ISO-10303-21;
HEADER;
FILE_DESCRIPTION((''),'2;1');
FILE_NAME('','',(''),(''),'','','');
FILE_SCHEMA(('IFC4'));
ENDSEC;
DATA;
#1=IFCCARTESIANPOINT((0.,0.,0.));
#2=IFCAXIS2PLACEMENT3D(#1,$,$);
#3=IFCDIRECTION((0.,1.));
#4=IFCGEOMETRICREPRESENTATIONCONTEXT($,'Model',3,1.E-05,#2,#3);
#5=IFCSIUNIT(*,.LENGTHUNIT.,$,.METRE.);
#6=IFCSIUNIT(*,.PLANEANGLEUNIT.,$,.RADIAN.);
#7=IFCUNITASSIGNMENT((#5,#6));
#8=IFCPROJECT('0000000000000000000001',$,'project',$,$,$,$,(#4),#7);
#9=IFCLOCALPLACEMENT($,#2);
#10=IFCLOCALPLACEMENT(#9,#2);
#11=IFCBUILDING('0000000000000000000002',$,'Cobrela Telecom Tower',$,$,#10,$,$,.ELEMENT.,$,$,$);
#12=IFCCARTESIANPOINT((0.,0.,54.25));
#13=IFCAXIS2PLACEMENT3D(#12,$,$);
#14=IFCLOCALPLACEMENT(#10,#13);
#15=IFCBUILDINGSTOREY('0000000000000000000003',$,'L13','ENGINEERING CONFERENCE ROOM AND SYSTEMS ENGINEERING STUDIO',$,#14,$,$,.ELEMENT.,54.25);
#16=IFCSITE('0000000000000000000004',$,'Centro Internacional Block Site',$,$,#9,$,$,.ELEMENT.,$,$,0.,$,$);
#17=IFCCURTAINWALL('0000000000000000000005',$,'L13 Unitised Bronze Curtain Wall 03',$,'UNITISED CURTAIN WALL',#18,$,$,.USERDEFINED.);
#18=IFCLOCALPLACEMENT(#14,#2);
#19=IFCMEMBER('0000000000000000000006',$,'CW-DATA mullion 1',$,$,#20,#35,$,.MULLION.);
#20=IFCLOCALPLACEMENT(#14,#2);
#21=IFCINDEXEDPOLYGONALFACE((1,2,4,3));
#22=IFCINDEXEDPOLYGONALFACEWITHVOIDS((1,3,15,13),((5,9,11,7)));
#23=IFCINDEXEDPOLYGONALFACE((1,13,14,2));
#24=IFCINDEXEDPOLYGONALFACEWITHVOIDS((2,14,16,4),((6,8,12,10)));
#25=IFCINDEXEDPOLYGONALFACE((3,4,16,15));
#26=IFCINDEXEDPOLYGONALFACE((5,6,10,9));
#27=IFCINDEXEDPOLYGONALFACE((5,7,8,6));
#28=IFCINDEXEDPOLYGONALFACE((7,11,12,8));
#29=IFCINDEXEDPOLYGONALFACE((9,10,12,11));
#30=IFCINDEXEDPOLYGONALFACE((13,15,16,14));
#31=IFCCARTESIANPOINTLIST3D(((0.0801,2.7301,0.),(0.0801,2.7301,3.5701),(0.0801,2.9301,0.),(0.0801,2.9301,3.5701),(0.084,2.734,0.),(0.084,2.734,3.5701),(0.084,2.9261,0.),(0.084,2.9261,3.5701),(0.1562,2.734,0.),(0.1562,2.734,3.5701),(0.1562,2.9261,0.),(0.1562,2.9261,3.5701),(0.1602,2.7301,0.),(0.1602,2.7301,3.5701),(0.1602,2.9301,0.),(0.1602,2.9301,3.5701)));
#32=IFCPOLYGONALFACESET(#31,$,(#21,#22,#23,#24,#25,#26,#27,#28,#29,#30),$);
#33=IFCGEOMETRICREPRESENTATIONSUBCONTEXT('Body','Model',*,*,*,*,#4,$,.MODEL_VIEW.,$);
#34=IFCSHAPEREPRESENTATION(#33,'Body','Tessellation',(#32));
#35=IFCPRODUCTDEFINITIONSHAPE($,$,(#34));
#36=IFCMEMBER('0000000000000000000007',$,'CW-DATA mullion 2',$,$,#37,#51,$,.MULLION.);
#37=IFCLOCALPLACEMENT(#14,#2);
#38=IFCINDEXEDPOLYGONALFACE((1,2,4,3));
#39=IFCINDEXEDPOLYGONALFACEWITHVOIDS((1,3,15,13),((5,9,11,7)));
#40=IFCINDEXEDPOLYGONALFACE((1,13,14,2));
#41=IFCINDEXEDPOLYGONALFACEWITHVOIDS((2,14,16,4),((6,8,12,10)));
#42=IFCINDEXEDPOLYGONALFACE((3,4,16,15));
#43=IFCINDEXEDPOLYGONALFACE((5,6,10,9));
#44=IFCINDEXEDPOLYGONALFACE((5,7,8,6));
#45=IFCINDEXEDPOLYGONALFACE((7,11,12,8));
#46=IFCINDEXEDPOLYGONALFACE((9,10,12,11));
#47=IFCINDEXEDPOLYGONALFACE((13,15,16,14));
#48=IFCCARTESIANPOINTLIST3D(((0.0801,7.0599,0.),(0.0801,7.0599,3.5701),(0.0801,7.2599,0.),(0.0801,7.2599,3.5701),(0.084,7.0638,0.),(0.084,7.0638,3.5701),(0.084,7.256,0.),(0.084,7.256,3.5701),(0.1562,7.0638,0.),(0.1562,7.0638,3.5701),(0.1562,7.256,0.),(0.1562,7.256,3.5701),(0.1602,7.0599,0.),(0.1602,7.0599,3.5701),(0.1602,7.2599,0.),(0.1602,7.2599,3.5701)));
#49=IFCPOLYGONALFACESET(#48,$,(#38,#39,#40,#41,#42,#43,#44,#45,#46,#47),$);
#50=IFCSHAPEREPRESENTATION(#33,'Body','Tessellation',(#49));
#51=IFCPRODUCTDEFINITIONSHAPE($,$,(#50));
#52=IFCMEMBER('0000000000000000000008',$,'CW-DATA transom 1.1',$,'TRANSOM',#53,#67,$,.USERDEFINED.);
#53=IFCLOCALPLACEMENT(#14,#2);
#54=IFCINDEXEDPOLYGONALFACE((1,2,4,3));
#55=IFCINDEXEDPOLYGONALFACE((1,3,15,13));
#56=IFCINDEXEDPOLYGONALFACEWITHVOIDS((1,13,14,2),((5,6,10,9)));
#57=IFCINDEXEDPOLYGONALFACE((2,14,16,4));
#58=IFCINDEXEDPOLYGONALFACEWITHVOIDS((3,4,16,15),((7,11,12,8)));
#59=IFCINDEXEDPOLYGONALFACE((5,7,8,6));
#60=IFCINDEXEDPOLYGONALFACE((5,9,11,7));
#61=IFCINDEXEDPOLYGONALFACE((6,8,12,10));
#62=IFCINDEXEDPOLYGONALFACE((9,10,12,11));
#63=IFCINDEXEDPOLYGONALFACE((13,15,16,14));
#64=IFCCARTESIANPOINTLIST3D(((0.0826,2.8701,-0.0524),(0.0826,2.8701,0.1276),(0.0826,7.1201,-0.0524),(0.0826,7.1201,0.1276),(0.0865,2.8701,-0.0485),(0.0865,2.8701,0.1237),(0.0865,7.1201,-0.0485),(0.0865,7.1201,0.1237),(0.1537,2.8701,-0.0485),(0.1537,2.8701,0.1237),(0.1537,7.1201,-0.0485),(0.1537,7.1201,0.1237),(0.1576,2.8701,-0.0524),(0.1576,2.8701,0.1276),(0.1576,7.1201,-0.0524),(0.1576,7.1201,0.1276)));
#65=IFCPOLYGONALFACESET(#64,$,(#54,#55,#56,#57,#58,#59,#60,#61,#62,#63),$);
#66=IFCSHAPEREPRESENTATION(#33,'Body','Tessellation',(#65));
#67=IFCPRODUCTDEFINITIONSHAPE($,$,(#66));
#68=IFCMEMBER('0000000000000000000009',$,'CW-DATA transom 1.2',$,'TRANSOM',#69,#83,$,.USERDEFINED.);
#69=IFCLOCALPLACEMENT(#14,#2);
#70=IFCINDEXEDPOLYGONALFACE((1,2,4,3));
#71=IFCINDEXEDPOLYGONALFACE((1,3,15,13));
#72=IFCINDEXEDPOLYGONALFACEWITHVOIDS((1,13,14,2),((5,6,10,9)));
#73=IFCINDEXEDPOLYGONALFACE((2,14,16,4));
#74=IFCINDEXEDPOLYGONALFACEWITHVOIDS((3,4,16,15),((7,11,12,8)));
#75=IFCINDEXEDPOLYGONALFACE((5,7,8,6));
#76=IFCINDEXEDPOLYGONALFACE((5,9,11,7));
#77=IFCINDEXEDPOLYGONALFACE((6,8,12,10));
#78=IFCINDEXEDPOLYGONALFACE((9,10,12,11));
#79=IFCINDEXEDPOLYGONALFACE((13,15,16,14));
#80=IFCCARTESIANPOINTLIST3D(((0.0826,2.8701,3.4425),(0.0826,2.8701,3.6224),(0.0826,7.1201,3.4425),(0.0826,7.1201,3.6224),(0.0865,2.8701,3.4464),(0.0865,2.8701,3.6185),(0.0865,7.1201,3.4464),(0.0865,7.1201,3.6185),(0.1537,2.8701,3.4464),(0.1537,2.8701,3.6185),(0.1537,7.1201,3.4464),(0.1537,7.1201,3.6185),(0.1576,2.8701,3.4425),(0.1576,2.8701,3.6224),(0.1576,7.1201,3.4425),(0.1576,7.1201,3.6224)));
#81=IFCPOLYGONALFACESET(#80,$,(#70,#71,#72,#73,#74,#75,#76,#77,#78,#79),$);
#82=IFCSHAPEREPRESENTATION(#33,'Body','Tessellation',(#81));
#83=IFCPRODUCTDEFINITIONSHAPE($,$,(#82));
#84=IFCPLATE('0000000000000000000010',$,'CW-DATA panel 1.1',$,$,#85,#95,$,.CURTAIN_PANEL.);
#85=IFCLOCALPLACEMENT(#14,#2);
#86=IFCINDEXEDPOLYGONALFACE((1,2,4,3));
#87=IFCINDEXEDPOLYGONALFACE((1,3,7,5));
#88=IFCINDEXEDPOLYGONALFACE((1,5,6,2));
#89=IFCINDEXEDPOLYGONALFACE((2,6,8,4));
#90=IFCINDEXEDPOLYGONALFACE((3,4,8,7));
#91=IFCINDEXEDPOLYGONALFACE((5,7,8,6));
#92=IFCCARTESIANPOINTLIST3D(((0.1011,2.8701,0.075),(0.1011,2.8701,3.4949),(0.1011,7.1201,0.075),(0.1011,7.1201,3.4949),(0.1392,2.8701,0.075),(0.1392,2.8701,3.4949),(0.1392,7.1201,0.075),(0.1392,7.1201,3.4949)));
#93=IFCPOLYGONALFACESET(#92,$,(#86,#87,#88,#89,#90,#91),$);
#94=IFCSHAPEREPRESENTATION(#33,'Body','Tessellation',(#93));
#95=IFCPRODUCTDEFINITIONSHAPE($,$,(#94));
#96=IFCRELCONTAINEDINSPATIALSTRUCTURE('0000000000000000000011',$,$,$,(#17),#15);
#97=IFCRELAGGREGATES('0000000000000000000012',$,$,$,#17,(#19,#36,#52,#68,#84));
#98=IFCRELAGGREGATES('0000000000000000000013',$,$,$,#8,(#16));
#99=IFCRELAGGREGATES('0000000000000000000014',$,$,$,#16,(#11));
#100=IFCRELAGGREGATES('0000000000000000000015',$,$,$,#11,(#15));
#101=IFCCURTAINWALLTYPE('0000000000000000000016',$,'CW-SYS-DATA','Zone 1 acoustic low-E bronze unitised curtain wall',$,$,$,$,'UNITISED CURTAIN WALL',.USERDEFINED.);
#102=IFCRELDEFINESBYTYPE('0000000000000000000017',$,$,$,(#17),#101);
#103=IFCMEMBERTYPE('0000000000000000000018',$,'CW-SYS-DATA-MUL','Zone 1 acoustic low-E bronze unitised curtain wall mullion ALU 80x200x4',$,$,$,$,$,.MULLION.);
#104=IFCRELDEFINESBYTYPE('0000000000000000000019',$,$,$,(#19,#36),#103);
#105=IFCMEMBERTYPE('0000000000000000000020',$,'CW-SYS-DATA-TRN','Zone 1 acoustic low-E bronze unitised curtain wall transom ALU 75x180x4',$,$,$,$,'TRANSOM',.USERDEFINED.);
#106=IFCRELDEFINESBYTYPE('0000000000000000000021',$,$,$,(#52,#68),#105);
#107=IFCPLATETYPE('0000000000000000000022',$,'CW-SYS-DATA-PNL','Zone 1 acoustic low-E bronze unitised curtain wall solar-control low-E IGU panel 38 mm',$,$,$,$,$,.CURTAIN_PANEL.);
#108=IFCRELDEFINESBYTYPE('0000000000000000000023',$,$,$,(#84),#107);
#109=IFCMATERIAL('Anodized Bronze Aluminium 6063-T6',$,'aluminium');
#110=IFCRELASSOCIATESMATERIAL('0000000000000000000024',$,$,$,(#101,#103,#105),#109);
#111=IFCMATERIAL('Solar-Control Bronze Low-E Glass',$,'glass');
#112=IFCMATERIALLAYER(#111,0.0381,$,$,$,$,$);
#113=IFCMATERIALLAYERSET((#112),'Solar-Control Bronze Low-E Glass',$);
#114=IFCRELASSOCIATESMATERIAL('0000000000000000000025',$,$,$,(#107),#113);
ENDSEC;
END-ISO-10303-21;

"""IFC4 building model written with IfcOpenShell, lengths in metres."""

from ifc_helpers import new_model, si_unit, direction, frame, origin, origin_2d, place, context, subcontext, project, spatial, rectangle, hollow_rectangle, extrude, material, layer, layer_set, material_profile, profile_set, type_object, element, aggregate, save


model = new_model("IFC4")

# Units and contexts
model_context = context("Model", 3, precision=1e-05, world=origin(), true_north=direction((0.0, 1.0)))
body_context = subcontext(model_context, "Body", "Model", "MODEL_VIEW")
ifc_project = project(units=[si_unit("LENGTHUNIT", "METRE"), si_unit("PLANEANGLEUNIT", "RADIAN")], contexts=[model_context])

# Site, building, storey
site_placement = place(None, origin())
site = spatial("IfcSite", under=ifc_project, at=site_placement, Name="Centro Internacional Block Site", CompositionType="ELEMENT", RefElevation=0.0)
building_placement = place(site_placement, origin())
building = spatial("IfcBuilding", under=site, at=building_placement, Name="Cobrela Telecom Tower", CompositionType="ELEMENT")
storey_placement = place(building_placement, frame((0.0, 0.0, 54.25)))
storey = spatial("IfcBuildingStorey", under=building, at=storey_placement, Name="L13", Description="ENGINEERING CONFERENCE ROOM AND SYSTEMS ENGINEERING STUDIO", CompositionType="ELEMENT", Elevation=54.25)

# Curtain wall, members, plate
ifc_material_1 = material(Name="Anodized Bronze Aluminium 6063-T6", Category="aluminium")
curtain_wall_type = type_object("IfcCurtainWallType", Name="CW-SYS-DATA", Description="Zone 1 acoustic low-E bronze unitised curtain wall", ElementType="UNITISED CURTAIN WALL", PredefinedType="USERDEFINED", material=ifc_material_1)
curtain_wall_placement = place(storey_placement, origin())
curtain_wall = element("IfcCurtainWall", 1, at=curtain_wall_placement, inside=storey, type_object=curtain_wall_type, Name="L13 Unitised Bronze Curtain Wall 03", ObjectType="UNITISED CURTAIN WALL", PredefinedType="USERDEFINED")
ifc_material_profile_1 = material_profile(ifc_material_1, hollow_rectangle(XDim=0.0801, YDim=0.2, WallThickness=0.0039, at=origin_2d()), Name="ALU 80x200x4")
ifc_profile_set_1 = profile_set([ifc_material_profile_1], Name="Anodized Bronze Aluminium 6063-T6")
member_type_1 = type_object("IfcMemberType", Name="CW-SYS-DATA-MUL", Description="Zone 1 acoustic low-E bronze unitised curtain wall mullion ALU 80x200x4", PredefinedType="MULLION", material=ifc_profile_set_1)
member_1_placement = place(storey_placement, frame((0.1201, 2.8301, 0.0), z_axis=(0.0, 0.0, 1.0), x_axis=(-1.0, 0.0, 0.0)))
member_1 = element("IfcMember", 2, at=member_1_placement, type_object=member_type_1, Name="CW-DATA mullion 1", PredefinedType="MULLION", context=body_context, shape_type="SweptSolid", body=[
    extrude(hollow_rectangle(XDim=0.0801, YDim=0.2, WallThickness=0.0039, at=origin_2d()), origin(), (0.0, 0.0, 1.0), 3.5701),
])
member_2_placement = place(storey_placement, frame((0.1201, 7.1599, 0.0), z_axis=(0.0, 0.0, 1.0), x_axis=(-1.0, 0.0, 0.0)))
member_2 = element("IfcMember", 3, at=member_2_placement, type_object=member_type_1, Name="CW-DATA mullion 2", PredefinedType="MULLION", context=body_context, shape_type="SweptSolid", body=[
    extrude(hollow_rectangle(XDim=0.0801, YDim=0.2, WallThickness=0.0039, at=origin_2d()), origin(), (0.0, 0.0, 1.0), 3.5701),
])
ifc_material_profile_2 = material_profile(ifc_material_1, hollow_rectangle(XDim=0.075, YDim=0.1799, WallThickness=0.0039, at=origin_2d()), Name="ALU 75x180x4")
ifc_profile_set_2 = profile_set([ifc_material_profile_2], Name="Anodized Bronze Aluminium 6063-T6")
member_type_2 = type_object("IfcMemberType", Name="CW-SYS-DATA-TRN", Description="Zone 1 acoustic low-E bronze unitised curtain wall transom ALU 75x180x4", ElementType="TRANSOM", PredefinedType="USERDEFINED", material=ifc_profile_set_2)
member_3_placement = place(storey_placement, frame((0.1201, 2.8701, 0.0376), z_axis=(0.0, 1.0, 0.0), x_axis=(-1.0, 0.0, 0.0)))
member_3 = element("IfcMember", 4, at=member_3_placement, type_object=member_type_2, Name="CW-DATA transom 1.1", ObjectType="TRANSOM", PredefinedType="USERDEFINED", context=body_context, shape_type="SweptSolid", body=[
    extrude(hollow_rectangle(XDim=0.075, YDim=0.1799, WallThickness=0.0039, at=origin_2d()), origin(), (0.0, 0.0, 1.0), 4.25),
])
member_4_placement = place(storey_placement, frame((0.1201, 2.8701, 3.5325), z_axis=(0.0, 1.0, 0.0), x_axis=(-1.0, 0.0, 0.0)))
member_4 = element("IfcMember", 5, at=member_4_placement, type_object=member_type_2, Name="CW-DATA transom 1.2", ObjectType="TRANSOM", PredefinedType="USERDEFINED", context=body_context, shape_type="SweptSolid", body=[
    extrude(hollow_rectangle(XDim=0.075, YDim=0.1799, WallThickness=0.0039, at=origin_2d()), origin(), (0.0, 0.0, 1.0), 4.25),
])
ifc_material_2 = material(Name="Solar-Control Bronze Low-E Glass", Category="glass")
ifc_layer_1 = layer(ifc_material_2, 0.0381)
ifc_layer_set_1 = layer_set([ifc_layer_1], Name="Solar-Control Bronze Low-E Glass")
plate_type = type_object("IfcPlateType", Name="CW-SYS-DATA-PNL", Description="Zone 1 acoustic low-E bronze unitised curtain wall solar-control low-E IGU panel 38 mm", PredefinedType="CURTAIN_PANEL", material=ifc_layer_set_1)
plate_placement = place(storey_placement, frame((0.1201, 4.9951, 0.075), z_axis=(0.0, 0.0, 1.0), x_axis=(0.0, 1.0, 0.0)))
plate = element("IfcPlate", 6, at=plate_placement, type_object=plate_type, Name="CW-DATA panel 1.1", PredefinedType="CURTAIN_PANEL", context=body_context, shape_type="SweptSolid", body=[
    extrude(rectangle(XDim=4.25, YDim=0.0381, at=origin_2d()), origin(), (0.0, 0.0, 1.0), 3.4199),
])
aggregate(curtain_wall, [member_1, member_2, member_3, member_4, plate])

save(model, "model.ifc")
